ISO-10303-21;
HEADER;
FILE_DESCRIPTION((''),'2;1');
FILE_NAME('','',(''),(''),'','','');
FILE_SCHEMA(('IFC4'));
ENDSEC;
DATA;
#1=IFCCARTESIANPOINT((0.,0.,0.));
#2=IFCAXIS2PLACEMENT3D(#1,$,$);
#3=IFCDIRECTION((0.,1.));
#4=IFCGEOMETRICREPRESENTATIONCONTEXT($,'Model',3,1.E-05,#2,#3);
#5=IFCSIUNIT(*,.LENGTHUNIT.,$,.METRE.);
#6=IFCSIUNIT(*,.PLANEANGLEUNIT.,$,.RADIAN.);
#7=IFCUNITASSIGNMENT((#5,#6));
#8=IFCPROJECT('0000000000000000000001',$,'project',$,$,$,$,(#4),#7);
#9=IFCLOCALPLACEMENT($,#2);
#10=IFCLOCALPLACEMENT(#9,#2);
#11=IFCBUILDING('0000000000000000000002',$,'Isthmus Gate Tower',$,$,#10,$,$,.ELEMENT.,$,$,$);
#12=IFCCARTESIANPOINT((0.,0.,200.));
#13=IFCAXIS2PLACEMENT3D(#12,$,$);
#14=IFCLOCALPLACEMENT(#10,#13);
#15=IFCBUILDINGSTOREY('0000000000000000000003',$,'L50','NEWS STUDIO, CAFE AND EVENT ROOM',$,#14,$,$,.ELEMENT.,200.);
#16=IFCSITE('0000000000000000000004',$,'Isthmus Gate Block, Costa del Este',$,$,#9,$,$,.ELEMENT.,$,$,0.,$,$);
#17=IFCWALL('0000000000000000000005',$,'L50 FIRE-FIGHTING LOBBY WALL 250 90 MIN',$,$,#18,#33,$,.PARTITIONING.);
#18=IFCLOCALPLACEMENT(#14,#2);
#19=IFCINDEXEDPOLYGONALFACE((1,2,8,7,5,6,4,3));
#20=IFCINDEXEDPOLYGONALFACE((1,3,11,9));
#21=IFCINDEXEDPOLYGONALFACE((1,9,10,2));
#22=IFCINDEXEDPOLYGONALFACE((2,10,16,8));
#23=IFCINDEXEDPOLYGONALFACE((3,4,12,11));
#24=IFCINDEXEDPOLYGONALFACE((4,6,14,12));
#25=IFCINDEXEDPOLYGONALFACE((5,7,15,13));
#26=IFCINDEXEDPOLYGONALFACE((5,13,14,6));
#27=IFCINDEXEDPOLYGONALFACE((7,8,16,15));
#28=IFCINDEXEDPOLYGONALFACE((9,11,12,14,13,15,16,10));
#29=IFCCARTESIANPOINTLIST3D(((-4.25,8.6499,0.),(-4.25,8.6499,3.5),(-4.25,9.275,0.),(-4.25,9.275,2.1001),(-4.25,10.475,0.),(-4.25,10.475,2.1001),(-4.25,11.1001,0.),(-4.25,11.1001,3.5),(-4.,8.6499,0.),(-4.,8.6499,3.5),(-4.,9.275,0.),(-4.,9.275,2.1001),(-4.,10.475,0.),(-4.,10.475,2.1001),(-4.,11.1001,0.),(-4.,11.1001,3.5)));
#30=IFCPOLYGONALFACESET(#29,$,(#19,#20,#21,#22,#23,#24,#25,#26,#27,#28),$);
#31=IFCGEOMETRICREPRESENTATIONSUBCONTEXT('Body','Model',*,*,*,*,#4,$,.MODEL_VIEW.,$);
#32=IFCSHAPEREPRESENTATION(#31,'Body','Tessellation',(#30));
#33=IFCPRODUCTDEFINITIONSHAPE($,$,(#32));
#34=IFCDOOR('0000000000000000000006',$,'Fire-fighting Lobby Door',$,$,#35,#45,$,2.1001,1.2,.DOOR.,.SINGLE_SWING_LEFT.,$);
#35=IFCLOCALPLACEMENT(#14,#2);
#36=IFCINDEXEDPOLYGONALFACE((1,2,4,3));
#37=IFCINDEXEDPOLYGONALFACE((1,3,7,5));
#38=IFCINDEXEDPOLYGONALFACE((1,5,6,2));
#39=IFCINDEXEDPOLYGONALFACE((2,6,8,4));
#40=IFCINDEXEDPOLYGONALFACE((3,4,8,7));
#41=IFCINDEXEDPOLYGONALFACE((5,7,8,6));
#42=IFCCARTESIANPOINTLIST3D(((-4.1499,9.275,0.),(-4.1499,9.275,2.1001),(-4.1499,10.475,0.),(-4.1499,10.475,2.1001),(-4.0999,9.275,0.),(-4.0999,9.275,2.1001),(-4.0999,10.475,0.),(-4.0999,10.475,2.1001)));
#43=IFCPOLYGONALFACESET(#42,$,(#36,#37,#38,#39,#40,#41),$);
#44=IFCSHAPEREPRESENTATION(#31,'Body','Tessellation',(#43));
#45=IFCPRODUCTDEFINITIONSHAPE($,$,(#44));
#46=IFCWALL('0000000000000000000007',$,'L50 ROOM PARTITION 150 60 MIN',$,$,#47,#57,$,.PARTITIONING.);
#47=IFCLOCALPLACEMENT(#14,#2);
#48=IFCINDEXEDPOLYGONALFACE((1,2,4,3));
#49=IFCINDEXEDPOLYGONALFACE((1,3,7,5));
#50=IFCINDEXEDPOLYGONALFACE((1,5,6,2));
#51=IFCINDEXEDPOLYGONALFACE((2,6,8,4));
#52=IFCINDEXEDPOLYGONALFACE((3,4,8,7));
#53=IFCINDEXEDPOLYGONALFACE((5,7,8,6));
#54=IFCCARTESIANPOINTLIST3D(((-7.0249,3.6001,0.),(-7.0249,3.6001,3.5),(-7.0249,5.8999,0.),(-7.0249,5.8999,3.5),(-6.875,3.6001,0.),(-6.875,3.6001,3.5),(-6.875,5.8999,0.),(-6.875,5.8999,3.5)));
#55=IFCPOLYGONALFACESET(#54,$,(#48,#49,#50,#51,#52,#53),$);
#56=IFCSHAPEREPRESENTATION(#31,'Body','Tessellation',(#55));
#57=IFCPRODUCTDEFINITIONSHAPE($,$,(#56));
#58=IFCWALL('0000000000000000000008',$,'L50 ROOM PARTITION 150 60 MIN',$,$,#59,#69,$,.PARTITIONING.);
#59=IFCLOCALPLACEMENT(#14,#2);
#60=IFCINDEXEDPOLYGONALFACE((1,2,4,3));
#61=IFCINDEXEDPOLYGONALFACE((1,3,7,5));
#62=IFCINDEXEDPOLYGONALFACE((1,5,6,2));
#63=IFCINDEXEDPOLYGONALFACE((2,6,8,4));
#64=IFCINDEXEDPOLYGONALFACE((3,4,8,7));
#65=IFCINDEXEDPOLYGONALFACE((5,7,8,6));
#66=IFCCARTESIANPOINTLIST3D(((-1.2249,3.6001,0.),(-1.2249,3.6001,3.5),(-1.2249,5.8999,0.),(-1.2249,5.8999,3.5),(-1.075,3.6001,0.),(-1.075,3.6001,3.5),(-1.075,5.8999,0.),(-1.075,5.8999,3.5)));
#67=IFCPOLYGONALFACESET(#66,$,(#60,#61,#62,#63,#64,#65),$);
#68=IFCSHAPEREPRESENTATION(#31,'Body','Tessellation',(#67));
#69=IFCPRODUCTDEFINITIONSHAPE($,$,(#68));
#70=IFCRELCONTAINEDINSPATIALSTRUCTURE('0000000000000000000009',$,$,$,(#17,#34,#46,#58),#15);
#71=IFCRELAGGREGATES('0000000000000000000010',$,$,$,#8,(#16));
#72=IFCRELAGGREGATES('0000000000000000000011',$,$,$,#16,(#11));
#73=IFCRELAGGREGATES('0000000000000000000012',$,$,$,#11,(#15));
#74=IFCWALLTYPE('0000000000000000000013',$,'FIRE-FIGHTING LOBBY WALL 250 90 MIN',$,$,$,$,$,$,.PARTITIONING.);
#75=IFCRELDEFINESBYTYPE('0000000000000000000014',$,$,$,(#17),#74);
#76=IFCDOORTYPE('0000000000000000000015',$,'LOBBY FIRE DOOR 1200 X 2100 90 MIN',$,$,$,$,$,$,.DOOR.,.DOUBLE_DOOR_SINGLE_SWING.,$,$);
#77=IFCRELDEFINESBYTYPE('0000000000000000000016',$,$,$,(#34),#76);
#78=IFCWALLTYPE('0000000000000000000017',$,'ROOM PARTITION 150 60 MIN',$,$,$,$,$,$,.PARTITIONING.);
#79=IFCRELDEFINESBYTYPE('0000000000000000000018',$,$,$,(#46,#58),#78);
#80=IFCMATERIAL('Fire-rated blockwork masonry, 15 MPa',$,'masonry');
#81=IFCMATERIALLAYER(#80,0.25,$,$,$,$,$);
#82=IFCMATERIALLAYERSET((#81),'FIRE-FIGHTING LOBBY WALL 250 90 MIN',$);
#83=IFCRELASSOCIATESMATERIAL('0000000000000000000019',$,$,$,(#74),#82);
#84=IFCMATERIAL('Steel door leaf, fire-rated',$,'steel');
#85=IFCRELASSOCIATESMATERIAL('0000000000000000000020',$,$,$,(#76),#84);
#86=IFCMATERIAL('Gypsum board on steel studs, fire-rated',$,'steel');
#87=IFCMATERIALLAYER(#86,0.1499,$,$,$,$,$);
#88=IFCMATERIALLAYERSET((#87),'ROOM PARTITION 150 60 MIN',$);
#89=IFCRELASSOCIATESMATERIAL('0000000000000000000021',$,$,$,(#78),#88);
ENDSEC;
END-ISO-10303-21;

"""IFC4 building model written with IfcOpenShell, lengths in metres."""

from ifc_helpers import new_model, si_unit, direction, frame, frame_2d, origin, place, context, subcontext, project, spatial, rectangle, extrude, material, layer, layer_set, type_object, element, fill, save


model = new_model("IFC4")

# Units and contexts
model_context = context("Model", 3, precision=1e-05, world=origin(), true_north=direction((0.0, 1.0)))
body_context = subcontext(model_context, "Body", "Model", "MODEL_VIEW")
ifc_project = project(units=[si_unit("LENGTHUNIT", "METRE"), si_unit("PLANEANGLEUNIT", "RADIAN")], contexts=[model_context])

# Site, building, storey
site_placement = place(None, origin())
site = spatial("IfcSite", under=ifc_project, at=site_placement, Name="Isthmus Gate Block, Costa del Este", CompositionType="ELEMENT", RefElevation=0.0)
building_placement = place(site_placement, origin())
building = spatial("IfcBuilding", under=site, at=building_placement, Name="Isthmus Gate Tower", CompositionType="ELEMENT")
storey_placement = place(building_placement, frame((0.0, 0.0, 200.0)))
storey = spatial("IfcBuildingStorey", under=building, at=storey_placement, Name="L50", Description="NEWS STUDIO, CAFE AND EVENT ROOM", CompositionType="ELEMENT", Elevation=200.0)

# Wall, opening, door
ifc_material_1 = material(Name="Fire-rated blockwork masonry, 15 MPa", Category="masonry")
ifc_layer_1 = layer(ifc_material_1, 0.25)
ifc_layer_set_1 = layer_set([ifc_layer_1], Name="FIRE-FIGHTING LOBBY WALL 250 90 MIN")
wall_type_1 = type_object("IfcWallType", Name="FIRE-FIGHTING LOBBY WALL 250 90 MIN", PredefinedType="PARTITIONING", material=ifc_layer_set_1)
wall_1_placement = place(storey_placement, frame((-4.125, 8.6499, 0.0), z_axis=(0.0, 0.0, 1.0), x_axis=(0.0, 1.0, 0.0)))
wall_1 = element("IfcWall", 1, at=wall_1_placement, inside=storey, type_object=wall_type_1, Name="L50 FIRE-FIGHTING LOBBY WALL 250 90 MIN", PredefinedType="PARTITIONING", context=body_context, shape_type="SweptSolid", body=[
    extrude(rectangle(XDim=2.4502, YDim=0.25, at=frame_2d((1.2251, 0.0))), origin(), (0.0, 0.0, 1.0), 3.5),
])
opening_1_placement = place(wall_1_placement, frame((0.625, 0.0, 0.0)))
opening_1 = element("IfcOpeningElement", 2, at=opening_1_placement, cuts=wall_1, PredefinedType="OPENING", context=body_context, shape_type="SweptSolid", body=[
    extrude(rectangle(XDim=1.2, YDim=2.1001, at=frame_2d((0.6001, 1.05))), frame((0.0, 0.135, 0.0), z_axis=(0.0, -1.0, 0.0), x_axis=(1.0, 0.0, 0.0)), (0.0, 0.0, 1.0), 0.27),
])
ifc_material_2 = material(Name="Steel door leaf, fire-rated", Category="steel")
door_type_1 = type_object("IfcDoorType", Name="LOBBY FIRE DOOR 1200 X 2100 90 MIN", OperationType="DOUBLE_DOOR_SINGLE_SWING", PredefinedType="DOOR", material=ifc_material_2)
door_1_placement = place(opening_1_placement, origin())
door_1 = element("IfcDoor", 3, at=door_1_placement, inside=storey, type_object=door_type_1, Name="Fire-fighting Lobby Door", OperationType="SINGLE_SWING_LEFT", OverallHeight=2.1001, OverallWidth=1.2, PredefinedType="DOOR", context=body_context, shape_type="SweptSolid", body=[
    extrude(rectangle(XDim=1.2, YDim=2.1001, at=frame_2d((0.6001, 1.05))), frame((0.0, 0.0249, 0.0), z_axis=(0.0, -1.0, 0.0), x_axis=(1.0, 0.0, 0.0)), (0.0, 0.0, 1.0), 0.05),
])
fill(opening_1, door_1)

# Walls
ifc_material_3 = material(Name="Gypsum board on steel studs, fire-rated", Category="steel")
ifc_layer_2 = layer(ifc_material_3, 0.1499)
ifc_layer_set_2 = layer_set([ifc_layer_2], Name="ROOM PARTITION 150 60 MIN")
wall_type_2 = type_object("IfcWallType", Name="ROOM PARTITION 150 60 MIN", PredefinedType="PARTITIONING", material=ifc_layer_set_2)
for number, where, z_axis, x_axis, name in (
    (4, (-6.95, 3.6001, 0.0), (0.0, 0.0, 1.0), (0.0, 1.0, 0.0), "L50 ROOM PARTITION 150 60 MIN"),
    (5, (-1.1499, 3.6001, 0.0), (0.0, 0.0, 1.0), (0.0, 1.0, 0.0), "L50 ROOM PARTITION 150 60 MIN"),
):
    element("IfcWall", number, at=place(storey_placement, frame(where, z_axis=z_axis, x_axis=x_axis)), inside=storey, type_object=wall_type_2, Name=name, PredefinedType="PARTITIONING", context=body_context, shape_type="SweptSolid", body=[
        extrude(rectangle(XDim=2.2998, YDim=0.1499, at=frame_2d((1.1499, 0.0))), origin(), (0.0, 0.0, 1.0), 3.5),
    ])

save(model, "model.ifc")
